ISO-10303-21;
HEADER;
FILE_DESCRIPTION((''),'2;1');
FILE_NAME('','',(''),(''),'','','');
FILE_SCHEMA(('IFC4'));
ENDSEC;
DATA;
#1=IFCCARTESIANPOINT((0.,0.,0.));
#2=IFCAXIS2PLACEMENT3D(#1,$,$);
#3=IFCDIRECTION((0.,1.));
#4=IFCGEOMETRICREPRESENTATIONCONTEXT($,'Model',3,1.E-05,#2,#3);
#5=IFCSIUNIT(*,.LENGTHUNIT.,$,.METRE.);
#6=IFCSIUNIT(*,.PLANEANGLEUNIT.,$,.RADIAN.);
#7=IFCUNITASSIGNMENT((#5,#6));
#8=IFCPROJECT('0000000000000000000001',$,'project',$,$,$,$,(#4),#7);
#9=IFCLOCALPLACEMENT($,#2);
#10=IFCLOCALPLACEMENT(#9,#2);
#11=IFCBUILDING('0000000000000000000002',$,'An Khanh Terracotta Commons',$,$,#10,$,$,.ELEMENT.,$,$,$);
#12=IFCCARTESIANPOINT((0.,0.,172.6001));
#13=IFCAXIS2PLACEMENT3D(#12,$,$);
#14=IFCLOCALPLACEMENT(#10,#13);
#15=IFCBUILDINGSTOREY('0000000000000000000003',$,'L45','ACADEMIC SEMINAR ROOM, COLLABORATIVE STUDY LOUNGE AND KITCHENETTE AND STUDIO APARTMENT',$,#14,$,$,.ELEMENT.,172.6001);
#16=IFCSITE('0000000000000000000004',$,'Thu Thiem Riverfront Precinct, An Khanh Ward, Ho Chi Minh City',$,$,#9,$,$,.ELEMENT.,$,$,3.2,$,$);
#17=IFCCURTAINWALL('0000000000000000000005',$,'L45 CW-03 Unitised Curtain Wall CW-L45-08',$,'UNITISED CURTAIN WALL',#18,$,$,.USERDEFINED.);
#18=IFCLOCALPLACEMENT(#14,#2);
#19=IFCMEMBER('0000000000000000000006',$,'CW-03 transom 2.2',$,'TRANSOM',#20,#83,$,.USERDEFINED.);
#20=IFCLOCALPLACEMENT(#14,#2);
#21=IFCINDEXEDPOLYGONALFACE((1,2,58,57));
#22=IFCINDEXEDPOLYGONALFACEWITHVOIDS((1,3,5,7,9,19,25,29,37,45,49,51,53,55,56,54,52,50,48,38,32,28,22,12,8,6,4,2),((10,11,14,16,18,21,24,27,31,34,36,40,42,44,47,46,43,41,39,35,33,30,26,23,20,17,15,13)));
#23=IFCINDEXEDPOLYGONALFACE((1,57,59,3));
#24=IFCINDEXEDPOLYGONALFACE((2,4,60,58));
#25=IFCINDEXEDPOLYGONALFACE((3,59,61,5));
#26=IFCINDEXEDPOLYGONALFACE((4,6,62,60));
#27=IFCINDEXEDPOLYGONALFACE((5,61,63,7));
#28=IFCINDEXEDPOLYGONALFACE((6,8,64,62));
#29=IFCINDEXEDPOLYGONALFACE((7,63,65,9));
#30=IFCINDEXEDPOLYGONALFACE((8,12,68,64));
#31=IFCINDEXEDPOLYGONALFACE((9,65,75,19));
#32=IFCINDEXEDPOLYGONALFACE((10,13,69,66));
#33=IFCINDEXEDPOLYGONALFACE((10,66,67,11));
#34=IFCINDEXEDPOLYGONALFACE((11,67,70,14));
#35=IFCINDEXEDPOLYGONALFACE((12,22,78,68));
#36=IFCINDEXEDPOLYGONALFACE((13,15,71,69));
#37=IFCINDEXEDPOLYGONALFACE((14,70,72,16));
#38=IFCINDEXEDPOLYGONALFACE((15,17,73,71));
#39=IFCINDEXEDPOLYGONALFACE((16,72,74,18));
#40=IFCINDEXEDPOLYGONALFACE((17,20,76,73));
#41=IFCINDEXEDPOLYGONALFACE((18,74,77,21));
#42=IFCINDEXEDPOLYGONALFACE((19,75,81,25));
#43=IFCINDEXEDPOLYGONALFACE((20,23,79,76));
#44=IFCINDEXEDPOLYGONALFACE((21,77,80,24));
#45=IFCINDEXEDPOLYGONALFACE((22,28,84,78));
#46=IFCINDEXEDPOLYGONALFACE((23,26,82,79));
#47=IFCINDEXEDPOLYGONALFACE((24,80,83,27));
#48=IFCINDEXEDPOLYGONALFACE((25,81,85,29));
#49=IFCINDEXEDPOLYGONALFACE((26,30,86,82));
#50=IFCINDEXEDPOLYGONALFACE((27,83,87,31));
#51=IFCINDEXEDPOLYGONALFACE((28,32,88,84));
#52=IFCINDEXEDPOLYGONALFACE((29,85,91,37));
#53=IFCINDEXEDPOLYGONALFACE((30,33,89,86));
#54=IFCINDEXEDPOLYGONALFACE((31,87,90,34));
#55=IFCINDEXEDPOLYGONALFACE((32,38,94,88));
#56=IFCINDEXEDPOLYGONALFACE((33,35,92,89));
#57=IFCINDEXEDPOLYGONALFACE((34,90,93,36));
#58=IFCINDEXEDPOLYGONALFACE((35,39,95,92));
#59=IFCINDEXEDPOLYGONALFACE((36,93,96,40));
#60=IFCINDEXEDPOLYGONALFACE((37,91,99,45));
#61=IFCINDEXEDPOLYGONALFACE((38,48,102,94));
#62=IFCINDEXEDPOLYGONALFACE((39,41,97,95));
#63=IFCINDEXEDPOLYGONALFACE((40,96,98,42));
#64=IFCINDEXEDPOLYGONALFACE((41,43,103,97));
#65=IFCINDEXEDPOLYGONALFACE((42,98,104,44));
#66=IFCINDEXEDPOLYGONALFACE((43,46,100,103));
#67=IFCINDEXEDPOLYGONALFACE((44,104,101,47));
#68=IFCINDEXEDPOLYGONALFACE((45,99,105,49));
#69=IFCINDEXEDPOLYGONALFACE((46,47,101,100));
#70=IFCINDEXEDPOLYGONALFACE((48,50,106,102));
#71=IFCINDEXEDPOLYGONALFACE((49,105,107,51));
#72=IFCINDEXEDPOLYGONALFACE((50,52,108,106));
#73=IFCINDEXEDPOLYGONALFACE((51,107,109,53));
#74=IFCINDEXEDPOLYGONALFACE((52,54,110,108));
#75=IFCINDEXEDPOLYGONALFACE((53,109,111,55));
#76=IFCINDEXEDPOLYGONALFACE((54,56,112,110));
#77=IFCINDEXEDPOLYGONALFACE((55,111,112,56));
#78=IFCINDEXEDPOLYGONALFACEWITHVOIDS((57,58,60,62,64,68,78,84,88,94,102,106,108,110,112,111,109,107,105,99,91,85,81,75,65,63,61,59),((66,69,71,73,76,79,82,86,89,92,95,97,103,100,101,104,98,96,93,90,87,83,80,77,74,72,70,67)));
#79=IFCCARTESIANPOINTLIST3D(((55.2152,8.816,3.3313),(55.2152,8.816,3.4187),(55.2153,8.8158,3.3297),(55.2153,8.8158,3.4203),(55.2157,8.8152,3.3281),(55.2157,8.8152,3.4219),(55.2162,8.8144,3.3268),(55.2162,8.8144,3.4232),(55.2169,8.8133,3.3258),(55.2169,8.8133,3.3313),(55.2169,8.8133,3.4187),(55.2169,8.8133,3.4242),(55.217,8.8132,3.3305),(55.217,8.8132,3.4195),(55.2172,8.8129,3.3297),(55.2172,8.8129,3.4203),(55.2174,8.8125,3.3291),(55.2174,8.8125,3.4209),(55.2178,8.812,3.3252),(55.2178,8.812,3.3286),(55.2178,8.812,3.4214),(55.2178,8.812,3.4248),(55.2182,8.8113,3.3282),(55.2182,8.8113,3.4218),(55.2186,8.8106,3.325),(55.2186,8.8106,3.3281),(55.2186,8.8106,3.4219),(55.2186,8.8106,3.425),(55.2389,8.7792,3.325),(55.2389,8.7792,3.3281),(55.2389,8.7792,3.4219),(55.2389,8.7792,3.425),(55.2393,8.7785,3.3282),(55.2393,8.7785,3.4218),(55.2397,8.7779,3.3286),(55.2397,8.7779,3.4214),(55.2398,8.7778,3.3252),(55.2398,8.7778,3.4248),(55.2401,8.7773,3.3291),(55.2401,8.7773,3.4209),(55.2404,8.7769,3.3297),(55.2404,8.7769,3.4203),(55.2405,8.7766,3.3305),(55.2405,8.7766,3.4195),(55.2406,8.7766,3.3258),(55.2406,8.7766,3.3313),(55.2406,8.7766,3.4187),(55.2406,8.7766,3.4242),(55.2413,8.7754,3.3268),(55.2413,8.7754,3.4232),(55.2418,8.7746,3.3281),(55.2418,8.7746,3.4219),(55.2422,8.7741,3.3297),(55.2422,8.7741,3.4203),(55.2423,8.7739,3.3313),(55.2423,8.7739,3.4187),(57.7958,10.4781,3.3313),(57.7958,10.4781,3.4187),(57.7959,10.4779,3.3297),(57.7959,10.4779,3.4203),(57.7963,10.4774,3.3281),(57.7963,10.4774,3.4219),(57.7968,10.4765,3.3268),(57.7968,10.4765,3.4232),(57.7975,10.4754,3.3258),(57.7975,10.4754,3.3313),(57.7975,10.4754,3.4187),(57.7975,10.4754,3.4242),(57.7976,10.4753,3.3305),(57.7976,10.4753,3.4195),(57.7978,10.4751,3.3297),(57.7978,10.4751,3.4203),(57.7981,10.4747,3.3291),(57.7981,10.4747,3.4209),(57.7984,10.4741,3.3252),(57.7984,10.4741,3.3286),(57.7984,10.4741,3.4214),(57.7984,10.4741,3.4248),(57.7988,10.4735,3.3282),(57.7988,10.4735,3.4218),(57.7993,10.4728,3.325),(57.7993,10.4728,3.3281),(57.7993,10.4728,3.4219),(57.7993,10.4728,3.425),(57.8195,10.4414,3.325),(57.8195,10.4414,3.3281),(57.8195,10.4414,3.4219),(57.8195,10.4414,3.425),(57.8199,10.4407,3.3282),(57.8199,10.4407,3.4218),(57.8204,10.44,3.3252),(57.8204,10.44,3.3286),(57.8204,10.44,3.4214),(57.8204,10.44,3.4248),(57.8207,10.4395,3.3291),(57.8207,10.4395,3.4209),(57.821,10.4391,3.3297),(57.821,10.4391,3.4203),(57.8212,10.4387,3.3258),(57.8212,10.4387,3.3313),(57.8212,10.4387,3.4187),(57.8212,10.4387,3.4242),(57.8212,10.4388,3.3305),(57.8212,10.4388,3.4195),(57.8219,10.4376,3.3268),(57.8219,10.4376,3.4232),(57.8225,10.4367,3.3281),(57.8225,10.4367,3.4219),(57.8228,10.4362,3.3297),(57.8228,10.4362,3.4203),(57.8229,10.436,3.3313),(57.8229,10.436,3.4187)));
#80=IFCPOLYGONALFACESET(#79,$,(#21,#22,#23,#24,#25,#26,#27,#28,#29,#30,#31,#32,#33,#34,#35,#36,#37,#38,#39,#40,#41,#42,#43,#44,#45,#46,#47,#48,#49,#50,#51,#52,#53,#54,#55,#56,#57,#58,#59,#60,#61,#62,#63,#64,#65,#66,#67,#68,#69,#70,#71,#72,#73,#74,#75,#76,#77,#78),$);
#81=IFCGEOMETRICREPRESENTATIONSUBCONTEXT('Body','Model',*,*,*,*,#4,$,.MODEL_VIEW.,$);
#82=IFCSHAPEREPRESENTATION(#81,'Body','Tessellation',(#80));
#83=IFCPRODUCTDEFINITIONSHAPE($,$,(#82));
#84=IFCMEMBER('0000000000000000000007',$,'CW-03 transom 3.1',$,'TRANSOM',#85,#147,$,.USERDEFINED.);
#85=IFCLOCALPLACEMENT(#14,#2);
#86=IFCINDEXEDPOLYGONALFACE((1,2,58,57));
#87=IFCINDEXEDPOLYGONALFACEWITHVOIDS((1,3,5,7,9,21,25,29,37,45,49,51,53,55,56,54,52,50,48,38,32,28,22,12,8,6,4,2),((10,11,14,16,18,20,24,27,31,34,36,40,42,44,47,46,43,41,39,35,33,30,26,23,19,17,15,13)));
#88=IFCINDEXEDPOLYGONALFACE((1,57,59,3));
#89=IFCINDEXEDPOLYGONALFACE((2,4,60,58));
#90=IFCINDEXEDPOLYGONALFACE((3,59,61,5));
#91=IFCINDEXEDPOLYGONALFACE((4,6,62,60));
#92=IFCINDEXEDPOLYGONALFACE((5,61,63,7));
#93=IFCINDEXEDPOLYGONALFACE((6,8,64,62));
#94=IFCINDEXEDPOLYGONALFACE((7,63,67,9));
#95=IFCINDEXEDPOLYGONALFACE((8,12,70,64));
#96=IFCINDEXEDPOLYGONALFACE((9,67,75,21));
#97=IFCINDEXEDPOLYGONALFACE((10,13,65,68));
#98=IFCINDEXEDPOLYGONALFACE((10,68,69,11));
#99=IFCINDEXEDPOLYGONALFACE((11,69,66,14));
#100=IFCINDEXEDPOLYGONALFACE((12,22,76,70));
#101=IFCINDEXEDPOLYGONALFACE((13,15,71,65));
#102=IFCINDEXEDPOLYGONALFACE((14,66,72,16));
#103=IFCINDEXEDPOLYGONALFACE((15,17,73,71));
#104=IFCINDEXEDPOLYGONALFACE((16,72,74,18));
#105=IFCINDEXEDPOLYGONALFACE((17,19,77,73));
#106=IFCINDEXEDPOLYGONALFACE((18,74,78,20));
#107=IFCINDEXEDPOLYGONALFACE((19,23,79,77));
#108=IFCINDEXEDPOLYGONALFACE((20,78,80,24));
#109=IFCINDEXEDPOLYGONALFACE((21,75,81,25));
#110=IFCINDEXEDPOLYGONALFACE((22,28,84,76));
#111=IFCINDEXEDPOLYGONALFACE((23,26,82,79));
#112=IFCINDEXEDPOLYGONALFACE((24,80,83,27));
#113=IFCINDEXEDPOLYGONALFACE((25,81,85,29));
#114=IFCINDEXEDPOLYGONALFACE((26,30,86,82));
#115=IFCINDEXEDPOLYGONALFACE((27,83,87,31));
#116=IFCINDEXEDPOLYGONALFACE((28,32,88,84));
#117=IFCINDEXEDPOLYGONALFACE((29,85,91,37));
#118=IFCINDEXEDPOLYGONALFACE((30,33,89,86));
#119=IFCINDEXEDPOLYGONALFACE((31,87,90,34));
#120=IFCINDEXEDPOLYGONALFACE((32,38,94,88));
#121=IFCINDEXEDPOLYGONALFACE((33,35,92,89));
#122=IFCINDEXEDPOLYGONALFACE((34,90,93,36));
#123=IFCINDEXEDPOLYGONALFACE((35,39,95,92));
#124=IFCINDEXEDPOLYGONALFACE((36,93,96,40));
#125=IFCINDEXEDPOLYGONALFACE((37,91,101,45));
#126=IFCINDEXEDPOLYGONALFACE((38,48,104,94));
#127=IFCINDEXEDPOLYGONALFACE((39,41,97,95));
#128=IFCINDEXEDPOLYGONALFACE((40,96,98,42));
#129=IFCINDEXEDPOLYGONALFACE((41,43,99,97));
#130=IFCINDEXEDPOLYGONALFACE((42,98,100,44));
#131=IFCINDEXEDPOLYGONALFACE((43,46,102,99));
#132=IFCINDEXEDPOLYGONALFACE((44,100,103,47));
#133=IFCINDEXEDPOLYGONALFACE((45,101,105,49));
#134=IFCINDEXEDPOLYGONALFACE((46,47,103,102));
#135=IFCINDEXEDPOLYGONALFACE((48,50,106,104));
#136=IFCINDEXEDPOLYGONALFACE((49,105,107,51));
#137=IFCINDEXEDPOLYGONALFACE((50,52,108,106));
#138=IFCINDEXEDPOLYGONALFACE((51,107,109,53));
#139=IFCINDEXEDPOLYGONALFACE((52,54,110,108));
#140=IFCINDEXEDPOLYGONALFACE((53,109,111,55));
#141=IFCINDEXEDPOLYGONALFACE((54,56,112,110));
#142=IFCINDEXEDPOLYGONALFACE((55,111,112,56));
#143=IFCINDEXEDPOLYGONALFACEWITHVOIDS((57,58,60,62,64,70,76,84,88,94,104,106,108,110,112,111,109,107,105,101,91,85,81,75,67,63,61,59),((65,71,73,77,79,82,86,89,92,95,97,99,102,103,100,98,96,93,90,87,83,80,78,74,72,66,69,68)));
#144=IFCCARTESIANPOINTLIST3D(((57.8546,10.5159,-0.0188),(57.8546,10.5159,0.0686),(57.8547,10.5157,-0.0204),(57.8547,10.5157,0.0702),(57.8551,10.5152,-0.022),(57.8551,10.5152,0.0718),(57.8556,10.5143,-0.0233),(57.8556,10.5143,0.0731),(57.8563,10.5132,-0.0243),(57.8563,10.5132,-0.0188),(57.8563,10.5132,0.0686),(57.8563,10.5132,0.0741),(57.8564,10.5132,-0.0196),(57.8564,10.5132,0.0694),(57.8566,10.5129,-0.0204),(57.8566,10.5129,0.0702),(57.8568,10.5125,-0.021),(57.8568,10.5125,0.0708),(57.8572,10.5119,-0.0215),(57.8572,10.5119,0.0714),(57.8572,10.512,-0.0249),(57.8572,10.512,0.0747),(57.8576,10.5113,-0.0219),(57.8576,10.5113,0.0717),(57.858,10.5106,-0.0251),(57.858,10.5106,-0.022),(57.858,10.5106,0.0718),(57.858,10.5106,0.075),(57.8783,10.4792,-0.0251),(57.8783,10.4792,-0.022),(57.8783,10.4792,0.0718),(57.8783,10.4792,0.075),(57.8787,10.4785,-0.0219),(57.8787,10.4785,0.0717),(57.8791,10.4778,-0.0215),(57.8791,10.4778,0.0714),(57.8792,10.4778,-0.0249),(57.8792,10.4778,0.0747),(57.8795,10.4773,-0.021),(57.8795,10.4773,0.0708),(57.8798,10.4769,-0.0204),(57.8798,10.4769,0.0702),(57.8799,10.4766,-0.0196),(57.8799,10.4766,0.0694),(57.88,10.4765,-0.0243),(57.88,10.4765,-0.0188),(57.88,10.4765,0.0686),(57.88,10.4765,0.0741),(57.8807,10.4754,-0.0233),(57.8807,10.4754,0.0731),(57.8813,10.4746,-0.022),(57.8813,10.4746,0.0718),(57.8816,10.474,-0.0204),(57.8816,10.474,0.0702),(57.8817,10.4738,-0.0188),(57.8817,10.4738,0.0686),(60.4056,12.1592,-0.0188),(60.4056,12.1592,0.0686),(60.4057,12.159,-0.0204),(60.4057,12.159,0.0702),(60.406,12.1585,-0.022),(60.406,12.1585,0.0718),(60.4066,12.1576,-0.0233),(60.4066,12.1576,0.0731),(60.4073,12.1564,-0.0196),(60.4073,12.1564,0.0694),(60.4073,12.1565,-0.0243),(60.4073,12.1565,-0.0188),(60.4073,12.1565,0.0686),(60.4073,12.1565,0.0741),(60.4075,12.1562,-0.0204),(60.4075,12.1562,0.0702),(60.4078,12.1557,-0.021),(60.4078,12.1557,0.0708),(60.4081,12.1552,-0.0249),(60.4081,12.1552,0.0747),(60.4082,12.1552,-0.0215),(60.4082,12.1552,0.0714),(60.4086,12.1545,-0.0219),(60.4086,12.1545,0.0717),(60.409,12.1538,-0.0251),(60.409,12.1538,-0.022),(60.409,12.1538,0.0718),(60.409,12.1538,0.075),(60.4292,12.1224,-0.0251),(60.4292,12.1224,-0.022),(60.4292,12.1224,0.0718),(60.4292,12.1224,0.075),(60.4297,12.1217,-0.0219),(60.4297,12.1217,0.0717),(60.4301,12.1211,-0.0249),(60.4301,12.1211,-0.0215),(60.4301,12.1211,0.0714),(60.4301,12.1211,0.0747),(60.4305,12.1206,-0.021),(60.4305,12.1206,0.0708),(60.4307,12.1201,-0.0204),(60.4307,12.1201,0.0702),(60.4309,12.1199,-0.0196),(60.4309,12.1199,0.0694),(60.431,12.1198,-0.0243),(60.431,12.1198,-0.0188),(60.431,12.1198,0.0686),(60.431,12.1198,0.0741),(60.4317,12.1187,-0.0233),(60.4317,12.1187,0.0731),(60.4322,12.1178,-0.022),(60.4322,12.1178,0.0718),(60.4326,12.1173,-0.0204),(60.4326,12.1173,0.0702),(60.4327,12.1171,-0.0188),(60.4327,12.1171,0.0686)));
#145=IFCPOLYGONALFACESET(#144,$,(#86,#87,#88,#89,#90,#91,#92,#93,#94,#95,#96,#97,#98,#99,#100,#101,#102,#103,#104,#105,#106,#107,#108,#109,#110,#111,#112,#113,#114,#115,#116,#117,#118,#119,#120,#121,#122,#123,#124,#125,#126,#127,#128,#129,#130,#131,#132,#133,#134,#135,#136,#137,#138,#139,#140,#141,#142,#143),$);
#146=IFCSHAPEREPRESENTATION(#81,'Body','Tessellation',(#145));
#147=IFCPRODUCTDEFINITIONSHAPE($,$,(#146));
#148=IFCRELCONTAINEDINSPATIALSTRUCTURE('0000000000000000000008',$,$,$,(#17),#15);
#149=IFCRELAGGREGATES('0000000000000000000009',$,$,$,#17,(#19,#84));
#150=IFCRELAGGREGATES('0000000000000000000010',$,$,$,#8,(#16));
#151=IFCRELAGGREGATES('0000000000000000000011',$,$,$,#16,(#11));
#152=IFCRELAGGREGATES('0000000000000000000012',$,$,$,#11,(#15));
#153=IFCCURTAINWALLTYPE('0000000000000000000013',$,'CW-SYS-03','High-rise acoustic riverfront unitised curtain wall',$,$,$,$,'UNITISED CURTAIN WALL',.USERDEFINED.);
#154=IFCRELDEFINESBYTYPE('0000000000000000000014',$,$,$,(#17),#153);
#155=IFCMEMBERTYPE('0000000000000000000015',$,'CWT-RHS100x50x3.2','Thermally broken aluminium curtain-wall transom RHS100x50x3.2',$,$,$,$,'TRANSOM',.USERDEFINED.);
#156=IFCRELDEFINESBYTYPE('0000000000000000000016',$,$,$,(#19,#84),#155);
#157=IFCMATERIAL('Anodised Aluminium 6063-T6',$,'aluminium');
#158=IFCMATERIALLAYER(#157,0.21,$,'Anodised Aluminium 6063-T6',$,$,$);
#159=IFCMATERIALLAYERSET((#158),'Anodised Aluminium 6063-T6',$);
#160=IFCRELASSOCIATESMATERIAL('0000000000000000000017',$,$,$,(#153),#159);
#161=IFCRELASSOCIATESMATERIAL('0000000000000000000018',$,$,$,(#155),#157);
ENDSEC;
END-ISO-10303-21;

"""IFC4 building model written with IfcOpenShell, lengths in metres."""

from ifc_helpers import new_model, si_unit, direction, frame, origin, origin_2d, place, context, subcontext, project, spatial, hollow_rectangle, extrude, material, layer, layer_set, material_profile, profile_set, type_object, element, aggregate, save


model = new_model("IFC4")

# Units and contexts
model_context = context("Model", 3, precision=1e-05, world=origin(), true_north=direction((0.0, 1.0)))
body_context = subcontext(model_context, "Body", "Model", "MODEL_VIEW")
ifc_project = project(units=[si_unit("LENGTHUNIT", "METRE"), si_unit("PLANEANGLEUNIT", "RADIAN")], contexts=[model_context])

# Site, building, storey
site_placement = place(None, origin())
site = spatial("IfcSite", under=ifc_project, at=site_placement, Name="Thu Thiem Riverfront Precinct, An Khanh Ward, Ho Chi Minh City", CompositionType="ELEMENT", RefElevation=3.2)
building_placement = place(site_placement, origin())
building = spatial("IfcBuilding", under=site, at=building_placement, Name="An Khanh Terracotta Commons", CompositionType="ELEMENT")
storey_placement = place(building_placement, frame((0.0, 0.0, 172.6001)))
storey = spatial("IfcBuildingStorey", under=building, at=storey_placement, Name="L45", Description="ACADEMIC SEMINAR ROOM, COLLABORATIVE STUDY LOUNGE AND KITCHENETTE AND STUDIO APARTMENT", CompositionType="ELEMENT", Elevation=172.6001)

# Curtain wall, members
ifc_material_1 = material(Name="Anodised Aluminium 6063-T6", Category="aluminium")
ifc_layer_1 = layer(ifc_material_1, 0.21, Name="Anodised Aluminium 6063-T6")
ifc_layer_set_1 = layer_set([ifc_layer_1], Name="Anodised Aluminium 6063-T6")
curtain_wall_type_1 = type_object("IfcCurtainWallType", Name="CW-SYS-03", Description="High-rise acoustic riverfront unitised curtain wall", ElementType="UNITISED CURTAIN WALL", PredefinedType="USERDEFINED", material=ifc_layer_set_1)
curtain_wall_1_placement = place(storey_placement, origin())
curtain_wall_1 = element("IfcCurtainWall", 1, at=curtain_wall_1_placement, inside=storey, type_object=curtain_wall_type_1, Name="L45 CW-03 Unitised Curtain Wall CW-L45-08", ObjectType="UNITISED CURTAIN WALL", PredefinedType="USERDEFINED")
ifc_material_profile_1 = material_profile(ifc_material_1, hollow_rectangle(XDim=0.05, YDim=0.1001, WallThickness=0.0032, InnerFilletRadius=0.0032, OuterFilletRadius=0.0063, at=origin_2d()), Name="RHS100x50x3.2")
ifc_profile_set_1 = profile_set([ifc_material_profile_1], Name="Anodised Aluminium 6063-T6")
member_type_1 = type_object("IfcMemberType", Name="CWT-RHS100x50x3.2", Description="Thermally broken aluminium curtain-wall transom RHS100x50x3.2", ElementType="TRANSOM", PredefinedType="USERDEFINED", material=ifc_profile_set_1)
member_1_placement = place(storey_placement, frame((55.2288, 8.7949, 3.375), z_axis=(0.840708, 0.541489, 0.0), x_axis=(-0.541489, 0.840708, 0.0)))
member_1 = element("IfcMember", 2, at=member_1_placement, type_object=member_type_1, Name="CW-03 transom 2.2", ObjectType="TRANSOM", PredefinedType="USERDEFINED", context=body_context, shape_type="SweptSolid", body=[
    extrude(hollow_rectangle(XDim=0.05, YDim=0.1001, WallThickness=0.0032, InnerFilletRadius=0.0032, OuterFilletRadius=0.0063, at=origin_2d()), origin(), (0.0, 0.0, 1.0), 3.0696),
])
member_2_placement = place(storey_placement, frame((57.8682, 10.4949, 0.0249), z_axis=(0.840674, 0.541542, 0.0), x_axis=(-0.541542, 0.840674, 0.0)))
member_2 = element("IfcMember", 3, at=member_2_placement, type_object=member_type_1, Name="CW-03 transom 3.1", ObjectType="TRANSOM", PredefinedType="USERDEFINED", context=body_context, shape_type="SweptSolid", body=[
    extrude(hollow_rectangle(XDim=0.05, YDim=0.1001, WallThickness=0.0032, InnerFilletRadius=0.0032, OuterFilletRadius=0.0063, at=origin_2d()), origin(), (0.0, 0.0, 1.0), 3.0344),
])

aggregate(curtain_wall_1, [member_1, member_2])

save(model, "model.ifc")
